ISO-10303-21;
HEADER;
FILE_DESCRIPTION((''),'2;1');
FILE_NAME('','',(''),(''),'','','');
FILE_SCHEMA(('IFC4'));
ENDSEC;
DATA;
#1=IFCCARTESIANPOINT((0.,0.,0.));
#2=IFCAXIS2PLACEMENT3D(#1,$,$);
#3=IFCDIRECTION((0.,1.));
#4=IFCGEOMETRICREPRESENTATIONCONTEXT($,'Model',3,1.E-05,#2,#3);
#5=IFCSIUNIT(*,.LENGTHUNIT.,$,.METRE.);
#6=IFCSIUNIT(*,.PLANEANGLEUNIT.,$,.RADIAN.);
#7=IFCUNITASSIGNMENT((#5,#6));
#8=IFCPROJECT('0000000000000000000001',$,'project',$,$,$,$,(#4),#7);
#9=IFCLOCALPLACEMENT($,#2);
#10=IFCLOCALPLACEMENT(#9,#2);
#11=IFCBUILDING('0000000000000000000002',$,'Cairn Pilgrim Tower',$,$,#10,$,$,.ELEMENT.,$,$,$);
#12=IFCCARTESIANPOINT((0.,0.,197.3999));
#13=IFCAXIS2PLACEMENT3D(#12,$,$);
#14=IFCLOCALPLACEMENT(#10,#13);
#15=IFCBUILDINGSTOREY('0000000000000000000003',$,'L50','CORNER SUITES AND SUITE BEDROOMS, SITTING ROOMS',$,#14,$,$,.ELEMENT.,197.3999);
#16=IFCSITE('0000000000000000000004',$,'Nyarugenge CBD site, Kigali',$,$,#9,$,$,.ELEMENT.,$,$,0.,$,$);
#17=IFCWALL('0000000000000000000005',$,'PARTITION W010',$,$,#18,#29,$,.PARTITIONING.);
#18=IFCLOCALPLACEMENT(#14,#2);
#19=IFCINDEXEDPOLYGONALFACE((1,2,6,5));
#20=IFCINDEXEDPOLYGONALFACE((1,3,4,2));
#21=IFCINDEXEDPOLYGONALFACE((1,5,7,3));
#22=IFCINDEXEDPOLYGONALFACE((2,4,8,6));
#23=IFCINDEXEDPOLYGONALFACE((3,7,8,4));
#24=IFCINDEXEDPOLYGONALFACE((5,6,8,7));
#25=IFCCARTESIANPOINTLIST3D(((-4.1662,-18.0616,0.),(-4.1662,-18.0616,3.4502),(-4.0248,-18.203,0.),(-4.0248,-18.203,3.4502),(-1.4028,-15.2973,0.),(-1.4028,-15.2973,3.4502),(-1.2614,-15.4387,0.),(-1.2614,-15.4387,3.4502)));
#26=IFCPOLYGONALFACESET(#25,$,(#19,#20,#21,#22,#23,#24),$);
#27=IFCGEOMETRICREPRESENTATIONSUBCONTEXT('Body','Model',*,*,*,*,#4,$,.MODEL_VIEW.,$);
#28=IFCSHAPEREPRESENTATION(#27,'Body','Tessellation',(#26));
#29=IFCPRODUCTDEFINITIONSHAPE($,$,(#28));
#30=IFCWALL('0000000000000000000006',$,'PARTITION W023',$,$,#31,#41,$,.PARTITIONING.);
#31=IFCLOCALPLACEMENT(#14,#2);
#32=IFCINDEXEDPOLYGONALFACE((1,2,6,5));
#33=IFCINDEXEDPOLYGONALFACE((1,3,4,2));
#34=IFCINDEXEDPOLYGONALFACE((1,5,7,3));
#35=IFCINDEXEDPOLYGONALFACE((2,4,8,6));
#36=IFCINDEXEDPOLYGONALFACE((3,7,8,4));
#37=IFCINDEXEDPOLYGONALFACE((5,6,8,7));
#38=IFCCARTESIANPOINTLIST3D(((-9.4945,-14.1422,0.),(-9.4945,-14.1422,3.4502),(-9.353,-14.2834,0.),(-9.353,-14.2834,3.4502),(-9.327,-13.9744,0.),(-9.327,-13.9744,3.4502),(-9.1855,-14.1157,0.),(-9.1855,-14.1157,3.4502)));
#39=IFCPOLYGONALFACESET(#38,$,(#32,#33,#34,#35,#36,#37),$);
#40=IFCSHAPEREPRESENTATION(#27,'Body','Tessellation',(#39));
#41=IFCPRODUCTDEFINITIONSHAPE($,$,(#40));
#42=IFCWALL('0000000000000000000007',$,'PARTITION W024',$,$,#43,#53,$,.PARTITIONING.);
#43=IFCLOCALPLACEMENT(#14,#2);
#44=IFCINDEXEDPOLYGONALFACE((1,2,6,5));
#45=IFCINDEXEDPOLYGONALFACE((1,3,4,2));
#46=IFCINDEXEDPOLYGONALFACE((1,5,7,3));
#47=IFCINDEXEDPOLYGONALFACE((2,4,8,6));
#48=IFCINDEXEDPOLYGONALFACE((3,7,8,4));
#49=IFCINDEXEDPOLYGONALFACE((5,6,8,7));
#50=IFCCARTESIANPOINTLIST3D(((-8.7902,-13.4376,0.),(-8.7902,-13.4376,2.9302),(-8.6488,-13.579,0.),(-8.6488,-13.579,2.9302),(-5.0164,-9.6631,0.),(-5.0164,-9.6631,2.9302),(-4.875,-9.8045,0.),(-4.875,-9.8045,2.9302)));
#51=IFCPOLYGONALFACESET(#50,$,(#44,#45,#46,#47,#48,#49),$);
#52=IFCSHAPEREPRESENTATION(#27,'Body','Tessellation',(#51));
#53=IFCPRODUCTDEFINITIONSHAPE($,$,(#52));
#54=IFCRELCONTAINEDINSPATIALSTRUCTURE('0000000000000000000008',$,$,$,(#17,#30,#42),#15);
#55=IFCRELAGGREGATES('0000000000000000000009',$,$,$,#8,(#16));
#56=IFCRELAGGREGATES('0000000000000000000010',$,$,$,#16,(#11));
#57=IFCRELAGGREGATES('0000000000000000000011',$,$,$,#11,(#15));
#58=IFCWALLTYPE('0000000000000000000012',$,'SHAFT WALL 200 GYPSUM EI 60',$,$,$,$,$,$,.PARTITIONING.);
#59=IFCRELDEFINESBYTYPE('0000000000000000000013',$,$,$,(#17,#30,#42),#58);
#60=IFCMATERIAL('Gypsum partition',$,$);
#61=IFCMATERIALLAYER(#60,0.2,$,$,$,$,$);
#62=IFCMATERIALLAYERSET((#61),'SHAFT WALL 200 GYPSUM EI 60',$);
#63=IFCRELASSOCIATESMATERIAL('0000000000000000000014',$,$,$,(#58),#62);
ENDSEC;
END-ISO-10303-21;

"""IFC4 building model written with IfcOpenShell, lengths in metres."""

from ifc_helpers import new_model, si_unit, direction, frame, frame_2d, origin, place, context, subcontext, project, spatial, rectangle, extrude, material, layer, layer_set, type_object, element, save


model = new_model("IFC4")

# Units and contexts
model_context = context("Model", 3, precision=1e-05, world=origin(), true_north=direction((0.0, 1.0)))
body_context = subcontext(model_context, "Body", "Model", "MODEL_VIEW")
ifc_project = project(units=[si_unit("LENGTHUNIT", "METRE"), si_unit("PLANEANGLEUNIT", "RADIAN")], contexts=[model_context])

# Site, building, storey
site_placement = place(None, origin())
site = spatial("IfcSite", under=ifc_project, at=site_placement, Name="Nyarugenge CBD site, Kigali", CompositionType="ELEMENT", RefElevation=0.0)
building_placement = place(site_placement, origin())
building = spatial("IfcBuilding", under=site, at=building_placement, Name="Cairn Pilgrim Tower", CompositionType="ELEMENT")
storey_placement = place(building_placement, frame((0.0, 0.0, 197.3999)))
storey = spatial("IfcBuildingStorey", under=building, at=storey_placement, Name="L50", Description="CORNER SUITES AND SUITE BEDROOMS, SITTING ROOMS", CompositionType="ELEMENT", Elevation=197.3999)

# Walls
ifc_material_1 = material(Name="Gypsum partition")
ifc_layer_1 = layer(ifc_material_1, 0.2)
ifc_layer_set_1 = layer_set([ifc_layer_1], Name="SHAFT WALL 200 GYPSUM EI 60")
wall_type_1 = type_object("IfcWallType", Name="SHAFT WALL 200 GYPSUM EI 60", PredefinedType="PARTITIONING", material=ifc_layer_set_1)
wall_1_placement = place(storey_placement, frame((-4.0955, -18.1323, 0.0), z_axis=(0.0, 0.0, 1.0), x_axis=(0.706982, 0.707232, 0.0)))
element("IfcWall", 1, at=wall_1_placement, inside=storey, type_object=wall_type_1, Name="PARTITION W010", PredefinedType="PARTITIONING", context=body_context, shape_type="SweptSolid", body=[
    extrude(rectangle(XDim=3.9087, YDim=0.2, at=frame_2d((1.9543, 0.0))), origin(), (0.0, 0.0, 1.0), 3.4502),
])
wall_2_placement = place(storey_placement, frame((-9.4238, -14.2129, 0.0), z_axis=(0.0, 0.0, 1.0), x_axis=(0.706592, 0.707622, 0.0)))
element("IfcWall", 2, at=wall_2_placement, inside=storey, type_object=wall_type_1, Name="PARTITION W023", PredefinedType="PARTITIONING", context=body_context, shape_type="SweptSolid", body=[
    extrude(rectangle(XDim=0.2371, YDim=0.2, at=frame_2d((0.1187, 0.0))), origin(), (0.0, 0.0, 1.0), 3.4502),
])
wall_3_placement = place(storey_placement, frame((-8.7195, -13.5083, 0.0), z_axis=(0.0, 0.0, 1.0), x_axis=(0.707038, 0.707175, 0.0)))
element("IfcWall", 3, at=wall_3_placement, inside=storey, type_object=wall_type_1, Name="PARTITION W024", PredefinedType="PARTITIONING", context=body_context, shape_type="SweptSolid", body=[
    extrude(rectangle(XDim=5.3374, YDim=0.2, at=frame_2d((2.6687, 0.0))), origin(), (0.0, 0.0, 1.0), 2.9302),
])

save(model, "model.ifc")
